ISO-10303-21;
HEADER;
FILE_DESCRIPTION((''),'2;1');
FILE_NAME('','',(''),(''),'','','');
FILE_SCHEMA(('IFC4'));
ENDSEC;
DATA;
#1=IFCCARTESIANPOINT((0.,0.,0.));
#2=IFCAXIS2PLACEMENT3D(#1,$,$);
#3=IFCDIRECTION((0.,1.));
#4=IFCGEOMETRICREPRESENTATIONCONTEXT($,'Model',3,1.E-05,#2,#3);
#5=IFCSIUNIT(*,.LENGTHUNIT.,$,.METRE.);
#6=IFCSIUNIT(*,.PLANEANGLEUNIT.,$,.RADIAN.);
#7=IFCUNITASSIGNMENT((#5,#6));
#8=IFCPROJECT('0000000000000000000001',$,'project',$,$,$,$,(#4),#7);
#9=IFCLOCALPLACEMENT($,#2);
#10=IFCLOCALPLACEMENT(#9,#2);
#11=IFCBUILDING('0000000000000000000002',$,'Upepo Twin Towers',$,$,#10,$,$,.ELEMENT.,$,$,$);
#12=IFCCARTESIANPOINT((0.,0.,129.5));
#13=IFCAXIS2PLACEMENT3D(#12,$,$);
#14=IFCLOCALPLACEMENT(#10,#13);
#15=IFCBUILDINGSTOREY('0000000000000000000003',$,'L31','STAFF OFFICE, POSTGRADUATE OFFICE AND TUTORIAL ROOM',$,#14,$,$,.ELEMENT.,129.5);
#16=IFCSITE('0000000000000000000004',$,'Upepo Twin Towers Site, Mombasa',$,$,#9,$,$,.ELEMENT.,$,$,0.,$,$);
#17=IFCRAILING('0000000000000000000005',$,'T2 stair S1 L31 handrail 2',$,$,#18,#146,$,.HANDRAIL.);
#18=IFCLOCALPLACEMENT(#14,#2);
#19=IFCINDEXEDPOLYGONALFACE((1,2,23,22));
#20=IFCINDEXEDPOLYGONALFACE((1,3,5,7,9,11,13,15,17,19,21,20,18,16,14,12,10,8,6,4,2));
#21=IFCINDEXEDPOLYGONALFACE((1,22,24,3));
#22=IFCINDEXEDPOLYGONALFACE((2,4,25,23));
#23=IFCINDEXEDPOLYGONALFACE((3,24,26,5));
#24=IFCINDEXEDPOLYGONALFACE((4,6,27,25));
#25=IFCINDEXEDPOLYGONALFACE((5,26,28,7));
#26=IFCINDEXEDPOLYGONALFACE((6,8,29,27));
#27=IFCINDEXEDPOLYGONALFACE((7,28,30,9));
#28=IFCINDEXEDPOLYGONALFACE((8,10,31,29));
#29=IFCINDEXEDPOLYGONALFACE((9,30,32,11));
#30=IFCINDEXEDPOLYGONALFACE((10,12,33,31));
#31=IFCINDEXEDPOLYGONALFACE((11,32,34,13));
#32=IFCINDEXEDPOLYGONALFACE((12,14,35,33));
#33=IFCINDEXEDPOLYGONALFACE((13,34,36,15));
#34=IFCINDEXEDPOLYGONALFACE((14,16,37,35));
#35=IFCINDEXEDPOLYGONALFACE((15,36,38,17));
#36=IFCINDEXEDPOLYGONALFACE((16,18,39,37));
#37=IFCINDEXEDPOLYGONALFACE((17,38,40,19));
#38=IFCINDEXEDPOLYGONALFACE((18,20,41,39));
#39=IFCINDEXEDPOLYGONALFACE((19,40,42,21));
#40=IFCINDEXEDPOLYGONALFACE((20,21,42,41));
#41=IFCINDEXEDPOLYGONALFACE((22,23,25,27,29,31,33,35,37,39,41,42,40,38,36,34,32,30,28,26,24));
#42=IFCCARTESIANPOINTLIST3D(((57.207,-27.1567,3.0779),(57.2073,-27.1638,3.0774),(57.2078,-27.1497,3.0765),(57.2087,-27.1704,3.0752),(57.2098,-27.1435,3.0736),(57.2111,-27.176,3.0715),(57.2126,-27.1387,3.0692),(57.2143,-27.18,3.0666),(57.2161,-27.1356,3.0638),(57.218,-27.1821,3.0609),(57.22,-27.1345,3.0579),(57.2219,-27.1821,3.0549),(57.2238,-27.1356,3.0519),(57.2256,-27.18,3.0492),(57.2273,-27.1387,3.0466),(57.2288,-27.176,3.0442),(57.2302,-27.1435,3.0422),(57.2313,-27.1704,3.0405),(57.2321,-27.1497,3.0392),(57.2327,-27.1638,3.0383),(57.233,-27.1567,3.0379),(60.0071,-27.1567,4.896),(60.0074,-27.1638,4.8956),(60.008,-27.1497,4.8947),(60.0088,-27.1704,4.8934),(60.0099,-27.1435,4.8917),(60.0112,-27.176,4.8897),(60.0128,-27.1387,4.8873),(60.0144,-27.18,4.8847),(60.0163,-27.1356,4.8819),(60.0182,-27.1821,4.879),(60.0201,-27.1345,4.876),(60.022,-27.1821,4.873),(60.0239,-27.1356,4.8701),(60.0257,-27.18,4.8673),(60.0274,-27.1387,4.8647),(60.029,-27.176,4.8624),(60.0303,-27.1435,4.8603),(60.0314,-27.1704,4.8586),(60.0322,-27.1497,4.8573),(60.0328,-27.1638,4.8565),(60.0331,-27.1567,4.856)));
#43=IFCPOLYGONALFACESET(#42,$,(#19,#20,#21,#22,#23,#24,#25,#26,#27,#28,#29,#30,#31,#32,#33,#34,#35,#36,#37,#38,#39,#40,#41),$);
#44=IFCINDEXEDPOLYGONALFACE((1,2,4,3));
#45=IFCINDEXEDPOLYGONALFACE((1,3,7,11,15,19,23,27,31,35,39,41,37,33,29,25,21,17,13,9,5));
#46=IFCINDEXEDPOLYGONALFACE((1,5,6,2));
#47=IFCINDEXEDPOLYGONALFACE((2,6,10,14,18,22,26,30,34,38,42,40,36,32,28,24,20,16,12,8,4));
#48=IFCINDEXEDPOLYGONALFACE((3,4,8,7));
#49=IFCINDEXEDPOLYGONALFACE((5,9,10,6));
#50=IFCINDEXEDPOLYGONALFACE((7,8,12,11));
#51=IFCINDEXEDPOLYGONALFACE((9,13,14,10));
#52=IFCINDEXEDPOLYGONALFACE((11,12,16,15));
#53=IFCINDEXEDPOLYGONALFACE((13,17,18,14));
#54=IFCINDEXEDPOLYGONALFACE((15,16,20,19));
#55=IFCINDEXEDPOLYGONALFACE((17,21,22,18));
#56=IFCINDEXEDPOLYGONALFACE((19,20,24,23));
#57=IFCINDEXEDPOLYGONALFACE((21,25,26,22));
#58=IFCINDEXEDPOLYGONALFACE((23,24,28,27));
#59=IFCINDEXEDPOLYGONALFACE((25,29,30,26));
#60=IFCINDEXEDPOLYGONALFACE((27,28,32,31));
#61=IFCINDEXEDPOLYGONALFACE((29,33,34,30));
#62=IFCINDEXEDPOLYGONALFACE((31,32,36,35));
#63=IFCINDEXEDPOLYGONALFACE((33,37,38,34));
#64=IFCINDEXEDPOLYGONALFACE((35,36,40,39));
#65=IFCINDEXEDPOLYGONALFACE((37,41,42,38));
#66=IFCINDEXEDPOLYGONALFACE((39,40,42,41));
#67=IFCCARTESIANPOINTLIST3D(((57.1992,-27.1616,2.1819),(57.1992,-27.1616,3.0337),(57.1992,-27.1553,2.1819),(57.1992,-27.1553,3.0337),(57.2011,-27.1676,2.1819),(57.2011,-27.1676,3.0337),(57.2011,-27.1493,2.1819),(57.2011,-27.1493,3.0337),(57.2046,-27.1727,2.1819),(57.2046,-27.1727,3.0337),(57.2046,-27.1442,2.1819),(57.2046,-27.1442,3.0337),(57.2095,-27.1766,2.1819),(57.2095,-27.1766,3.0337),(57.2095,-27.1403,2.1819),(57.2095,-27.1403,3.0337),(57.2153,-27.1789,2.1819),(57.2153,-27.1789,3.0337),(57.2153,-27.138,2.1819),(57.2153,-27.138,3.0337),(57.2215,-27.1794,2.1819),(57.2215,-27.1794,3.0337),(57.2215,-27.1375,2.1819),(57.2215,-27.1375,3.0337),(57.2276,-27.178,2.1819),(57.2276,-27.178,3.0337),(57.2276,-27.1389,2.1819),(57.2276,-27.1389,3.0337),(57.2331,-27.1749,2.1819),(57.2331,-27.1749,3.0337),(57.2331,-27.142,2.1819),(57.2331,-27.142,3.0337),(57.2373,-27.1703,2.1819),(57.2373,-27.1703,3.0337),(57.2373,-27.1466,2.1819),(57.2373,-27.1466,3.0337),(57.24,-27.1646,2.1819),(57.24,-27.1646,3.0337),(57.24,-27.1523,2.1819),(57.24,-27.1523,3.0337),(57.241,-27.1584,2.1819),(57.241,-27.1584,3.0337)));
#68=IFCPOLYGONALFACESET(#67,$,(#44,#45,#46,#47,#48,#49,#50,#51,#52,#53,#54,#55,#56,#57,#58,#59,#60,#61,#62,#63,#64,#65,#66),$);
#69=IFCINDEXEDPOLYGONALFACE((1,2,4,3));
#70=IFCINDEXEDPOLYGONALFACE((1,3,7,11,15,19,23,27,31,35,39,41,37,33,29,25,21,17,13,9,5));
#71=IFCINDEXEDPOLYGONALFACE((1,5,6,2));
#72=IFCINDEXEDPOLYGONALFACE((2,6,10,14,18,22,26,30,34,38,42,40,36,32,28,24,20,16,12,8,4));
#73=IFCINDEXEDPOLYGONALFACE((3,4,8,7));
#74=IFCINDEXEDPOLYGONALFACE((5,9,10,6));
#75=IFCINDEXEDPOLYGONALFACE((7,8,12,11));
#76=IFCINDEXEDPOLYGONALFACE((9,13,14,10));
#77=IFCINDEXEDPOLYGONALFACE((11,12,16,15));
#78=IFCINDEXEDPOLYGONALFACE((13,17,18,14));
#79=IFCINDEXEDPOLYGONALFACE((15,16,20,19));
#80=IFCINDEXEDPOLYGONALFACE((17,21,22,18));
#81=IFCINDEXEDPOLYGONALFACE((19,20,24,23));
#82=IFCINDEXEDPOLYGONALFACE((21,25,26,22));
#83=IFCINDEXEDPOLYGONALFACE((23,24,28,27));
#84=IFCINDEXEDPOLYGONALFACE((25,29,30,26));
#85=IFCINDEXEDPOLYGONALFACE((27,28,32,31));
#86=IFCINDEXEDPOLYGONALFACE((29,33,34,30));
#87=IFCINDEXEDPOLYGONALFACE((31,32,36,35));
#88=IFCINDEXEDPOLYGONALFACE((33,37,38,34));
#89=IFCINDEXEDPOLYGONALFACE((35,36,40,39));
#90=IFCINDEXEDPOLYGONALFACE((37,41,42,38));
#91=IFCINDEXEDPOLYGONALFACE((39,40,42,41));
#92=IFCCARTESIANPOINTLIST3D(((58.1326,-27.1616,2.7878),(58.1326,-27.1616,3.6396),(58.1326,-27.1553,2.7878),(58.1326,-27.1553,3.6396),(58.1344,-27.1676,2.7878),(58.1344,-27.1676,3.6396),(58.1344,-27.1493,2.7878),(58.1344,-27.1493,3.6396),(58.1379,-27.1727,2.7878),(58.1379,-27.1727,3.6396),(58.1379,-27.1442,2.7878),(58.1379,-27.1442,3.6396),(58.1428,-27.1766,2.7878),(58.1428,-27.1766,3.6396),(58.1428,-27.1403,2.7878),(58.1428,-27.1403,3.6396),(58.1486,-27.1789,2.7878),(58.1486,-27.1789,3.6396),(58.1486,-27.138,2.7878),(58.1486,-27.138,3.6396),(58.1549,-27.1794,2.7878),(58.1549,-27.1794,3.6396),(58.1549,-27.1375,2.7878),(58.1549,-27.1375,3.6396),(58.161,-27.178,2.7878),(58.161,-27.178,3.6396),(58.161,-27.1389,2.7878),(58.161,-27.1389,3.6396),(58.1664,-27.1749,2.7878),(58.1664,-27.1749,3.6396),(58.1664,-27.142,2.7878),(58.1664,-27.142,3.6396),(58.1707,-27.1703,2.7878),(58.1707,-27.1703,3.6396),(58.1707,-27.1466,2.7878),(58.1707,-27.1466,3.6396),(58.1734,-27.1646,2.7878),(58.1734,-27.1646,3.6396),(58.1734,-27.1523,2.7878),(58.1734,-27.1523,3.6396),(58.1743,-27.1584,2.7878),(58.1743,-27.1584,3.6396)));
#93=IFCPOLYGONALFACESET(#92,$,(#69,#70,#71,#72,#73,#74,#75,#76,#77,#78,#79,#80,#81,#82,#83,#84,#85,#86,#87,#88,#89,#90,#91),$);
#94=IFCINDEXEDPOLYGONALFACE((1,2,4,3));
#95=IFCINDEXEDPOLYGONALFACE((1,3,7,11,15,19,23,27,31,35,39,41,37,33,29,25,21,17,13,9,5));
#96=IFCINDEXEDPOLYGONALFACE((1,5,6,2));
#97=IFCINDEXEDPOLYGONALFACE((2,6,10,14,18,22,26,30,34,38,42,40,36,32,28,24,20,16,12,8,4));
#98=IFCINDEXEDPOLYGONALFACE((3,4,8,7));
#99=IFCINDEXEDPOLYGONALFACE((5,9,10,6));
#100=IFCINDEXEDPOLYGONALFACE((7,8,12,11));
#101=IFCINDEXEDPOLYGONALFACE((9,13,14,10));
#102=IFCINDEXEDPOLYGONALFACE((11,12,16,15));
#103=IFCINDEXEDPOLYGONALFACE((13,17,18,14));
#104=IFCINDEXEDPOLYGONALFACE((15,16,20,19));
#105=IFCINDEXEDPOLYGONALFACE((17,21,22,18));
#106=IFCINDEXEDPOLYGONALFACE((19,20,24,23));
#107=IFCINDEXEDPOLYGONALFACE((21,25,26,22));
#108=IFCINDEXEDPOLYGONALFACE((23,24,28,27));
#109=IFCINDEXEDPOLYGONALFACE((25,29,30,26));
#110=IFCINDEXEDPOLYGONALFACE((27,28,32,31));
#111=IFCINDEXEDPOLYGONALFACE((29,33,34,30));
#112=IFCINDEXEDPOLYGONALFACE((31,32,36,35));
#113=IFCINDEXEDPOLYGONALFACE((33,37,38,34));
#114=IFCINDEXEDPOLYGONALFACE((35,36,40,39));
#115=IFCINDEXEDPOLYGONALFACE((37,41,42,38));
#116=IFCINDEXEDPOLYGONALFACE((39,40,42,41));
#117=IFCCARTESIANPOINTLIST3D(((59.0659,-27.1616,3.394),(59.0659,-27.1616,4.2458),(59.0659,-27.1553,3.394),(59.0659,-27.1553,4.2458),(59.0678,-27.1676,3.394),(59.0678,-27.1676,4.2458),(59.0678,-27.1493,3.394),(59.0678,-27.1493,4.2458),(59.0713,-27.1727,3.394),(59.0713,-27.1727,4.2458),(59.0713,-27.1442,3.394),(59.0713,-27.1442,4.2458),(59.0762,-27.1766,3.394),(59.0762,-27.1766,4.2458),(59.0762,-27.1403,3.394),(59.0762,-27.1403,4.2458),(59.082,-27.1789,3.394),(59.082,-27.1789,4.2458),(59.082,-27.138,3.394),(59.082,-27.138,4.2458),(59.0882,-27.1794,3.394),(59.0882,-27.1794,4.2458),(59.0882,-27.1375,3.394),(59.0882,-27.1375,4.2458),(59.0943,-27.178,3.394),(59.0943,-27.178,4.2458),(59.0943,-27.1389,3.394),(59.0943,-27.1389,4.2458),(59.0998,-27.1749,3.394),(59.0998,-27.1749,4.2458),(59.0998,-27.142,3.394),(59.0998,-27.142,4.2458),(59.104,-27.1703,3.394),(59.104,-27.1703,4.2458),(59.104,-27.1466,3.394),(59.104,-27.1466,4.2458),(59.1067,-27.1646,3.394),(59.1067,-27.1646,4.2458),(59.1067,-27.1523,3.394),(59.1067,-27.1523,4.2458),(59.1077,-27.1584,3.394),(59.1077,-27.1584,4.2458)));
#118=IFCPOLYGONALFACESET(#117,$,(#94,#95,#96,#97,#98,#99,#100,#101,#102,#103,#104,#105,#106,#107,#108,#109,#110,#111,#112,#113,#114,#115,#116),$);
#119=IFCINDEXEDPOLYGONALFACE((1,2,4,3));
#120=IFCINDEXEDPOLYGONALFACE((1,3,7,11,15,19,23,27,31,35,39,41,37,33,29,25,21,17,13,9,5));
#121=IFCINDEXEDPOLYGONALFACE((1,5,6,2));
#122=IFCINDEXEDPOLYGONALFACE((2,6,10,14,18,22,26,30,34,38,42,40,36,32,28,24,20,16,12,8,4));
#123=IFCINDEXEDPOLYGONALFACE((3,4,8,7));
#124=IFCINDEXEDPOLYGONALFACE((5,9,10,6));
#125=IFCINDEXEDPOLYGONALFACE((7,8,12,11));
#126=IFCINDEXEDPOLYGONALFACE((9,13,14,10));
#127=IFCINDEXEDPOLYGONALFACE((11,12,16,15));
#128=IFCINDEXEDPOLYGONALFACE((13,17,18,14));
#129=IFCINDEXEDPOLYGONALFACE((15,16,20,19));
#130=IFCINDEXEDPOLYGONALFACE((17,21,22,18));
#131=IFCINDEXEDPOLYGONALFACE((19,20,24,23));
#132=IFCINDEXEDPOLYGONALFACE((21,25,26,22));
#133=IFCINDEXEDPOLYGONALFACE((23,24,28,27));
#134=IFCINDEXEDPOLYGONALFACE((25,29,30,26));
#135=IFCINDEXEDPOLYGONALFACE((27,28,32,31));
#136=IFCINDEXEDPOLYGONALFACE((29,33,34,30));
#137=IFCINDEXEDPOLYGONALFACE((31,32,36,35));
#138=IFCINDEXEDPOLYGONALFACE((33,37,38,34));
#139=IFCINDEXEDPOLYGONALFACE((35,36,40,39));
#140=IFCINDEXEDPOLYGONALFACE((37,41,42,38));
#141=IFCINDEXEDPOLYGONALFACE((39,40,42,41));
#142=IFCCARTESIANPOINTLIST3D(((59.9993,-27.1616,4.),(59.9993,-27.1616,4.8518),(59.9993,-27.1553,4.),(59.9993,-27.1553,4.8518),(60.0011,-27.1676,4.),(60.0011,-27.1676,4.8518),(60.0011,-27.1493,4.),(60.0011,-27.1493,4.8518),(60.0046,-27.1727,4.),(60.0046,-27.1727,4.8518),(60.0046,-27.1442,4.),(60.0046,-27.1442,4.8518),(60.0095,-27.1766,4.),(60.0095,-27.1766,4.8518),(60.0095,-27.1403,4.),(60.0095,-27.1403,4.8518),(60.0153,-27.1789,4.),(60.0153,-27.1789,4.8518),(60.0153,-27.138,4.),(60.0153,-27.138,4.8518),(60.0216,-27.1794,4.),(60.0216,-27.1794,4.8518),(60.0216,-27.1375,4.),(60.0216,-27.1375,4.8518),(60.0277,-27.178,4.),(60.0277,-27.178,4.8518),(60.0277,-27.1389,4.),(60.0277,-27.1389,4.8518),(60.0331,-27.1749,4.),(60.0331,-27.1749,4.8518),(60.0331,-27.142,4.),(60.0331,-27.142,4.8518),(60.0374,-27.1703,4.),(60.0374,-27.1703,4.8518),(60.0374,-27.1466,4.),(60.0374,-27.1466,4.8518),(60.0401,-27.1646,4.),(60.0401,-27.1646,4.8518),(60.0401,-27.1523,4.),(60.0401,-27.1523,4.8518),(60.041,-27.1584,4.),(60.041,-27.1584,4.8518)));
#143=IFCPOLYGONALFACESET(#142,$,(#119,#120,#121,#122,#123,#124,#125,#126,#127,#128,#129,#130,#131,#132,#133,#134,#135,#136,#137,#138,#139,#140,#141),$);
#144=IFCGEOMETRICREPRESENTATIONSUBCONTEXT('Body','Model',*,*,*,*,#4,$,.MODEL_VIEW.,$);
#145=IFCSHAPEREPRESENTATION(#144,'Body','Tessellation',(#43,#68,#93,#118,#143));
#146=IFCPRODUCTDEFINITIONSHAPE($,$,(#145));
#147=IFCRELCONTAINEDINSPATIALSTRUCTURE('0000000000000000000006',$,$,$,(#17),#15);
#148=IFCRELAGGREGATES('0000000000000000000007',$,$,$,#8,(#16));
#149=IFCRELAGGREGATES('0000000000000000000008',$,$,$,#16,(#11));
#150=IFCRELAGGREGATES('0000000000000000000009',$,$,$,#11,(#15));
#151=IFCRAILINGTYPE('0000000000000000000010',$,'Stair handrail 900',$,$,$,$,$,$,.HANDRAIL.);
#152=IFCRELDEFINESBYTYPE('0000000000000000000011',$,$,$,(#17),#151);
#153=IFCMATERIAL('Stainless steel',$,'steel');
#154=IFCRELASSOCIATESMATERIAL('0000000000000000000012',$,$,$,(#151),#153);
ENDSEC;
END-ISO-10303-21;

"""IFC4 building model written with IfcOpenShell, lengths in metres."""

from ifc_helpers import new_model, si_unit, direction, frame, origin, origin_2d, place, context, subcontext, project, spatial, circle, extrude, material, type_object, element, save


model = new_model("IFC4")

# Units and contexts
model_context = context("Model", 3, precision=1e-05, world=origin(), true_north=direction((0.0, 1.0)))
body_context = subcontext(model_context, "Body", "Model", "MODEL_VIEW")
ifc_project = project(units=[si_unit("LENGTHUNIT", "METRE"), si_unit("PLANEANGLEUNIT", "RADIAN")], contexts=[model_context])

# Site, building, storey
site_placement = place(None, origin())
site = spatial("IfcSite", under=ifc_project, at=site_placement, Name="Upepo Twin Towers Site, Mombasa", CompositionType="ELEMENT", RefElevation=0.0)
building_placement = place(site_placement, origin())
building = spatial("IfcBuilding", under=site, at=building_placement, Name="Upepo Twin Towers", CompositionType="ELEMENT")
storey_placement = place(building_placement, frame((0.0, 0.0, 129.5)))
storey = spatial("IfcBuildingStorey", under=building, at=storey_placement, Name="L31", Description="STAFF OFFICE, POSTGRADUATE OFFICE AND TUTORIAL ROOM", CompositionType="ELEMENT", Elevation=129.5)

# Railing
ifc_material_1 = material(Name="Stainless steel", Category="steel")
railing_type = type_object("IfcRailingType", Name="Stair handrail 900", PredefinedType="HANDRAIL", material=ifc_material_1)
railing_1_placement = place(storey_placement, frame((57.22, -27.1584, 2.1819)))
element("IfcRailing", 1, at=railing_1_placement, inside=storey, type_object=railing_type, Name="T2 stair S1 L31 handrail 2", PredefinedType="HANDRAIL", context=body_context, shape_type="SweptSolid", body=[
    extrude(circle(Radius=0.0239, at=origin_2d()), frame((0.0, 0.0, 0.876), z_axis=(0.838706, 0.0, 0.544585), x_axis=(0.0, 1.0, 0.0)), (0.0, 0.0, 1.0), 3.3386),
    extrude(circle(Radius=0.021, at=origin_2d()), origin(), (0.0, 0.0, 1.0), 0.8518),
    extrude(circle(Radius=0.021, at=origin_2d()), frame((0.9333, 0.0, 0.606)), (0.0, 0.0, 1.0), 0.8518),
    extrude(circle(Radius=0.021, at=origin_2d()), frame((1.8667, 0.0, 1.2122)), (0.0, 0.0, 1.0), 0.8518),
    extrude(circle(Radius=0.021, at=origin_2d()), frame((2.8, 0.0, 1.8181)), (0.0, 0.0, 1.0), 0.8518),
])

save(model, "model.ifc")
